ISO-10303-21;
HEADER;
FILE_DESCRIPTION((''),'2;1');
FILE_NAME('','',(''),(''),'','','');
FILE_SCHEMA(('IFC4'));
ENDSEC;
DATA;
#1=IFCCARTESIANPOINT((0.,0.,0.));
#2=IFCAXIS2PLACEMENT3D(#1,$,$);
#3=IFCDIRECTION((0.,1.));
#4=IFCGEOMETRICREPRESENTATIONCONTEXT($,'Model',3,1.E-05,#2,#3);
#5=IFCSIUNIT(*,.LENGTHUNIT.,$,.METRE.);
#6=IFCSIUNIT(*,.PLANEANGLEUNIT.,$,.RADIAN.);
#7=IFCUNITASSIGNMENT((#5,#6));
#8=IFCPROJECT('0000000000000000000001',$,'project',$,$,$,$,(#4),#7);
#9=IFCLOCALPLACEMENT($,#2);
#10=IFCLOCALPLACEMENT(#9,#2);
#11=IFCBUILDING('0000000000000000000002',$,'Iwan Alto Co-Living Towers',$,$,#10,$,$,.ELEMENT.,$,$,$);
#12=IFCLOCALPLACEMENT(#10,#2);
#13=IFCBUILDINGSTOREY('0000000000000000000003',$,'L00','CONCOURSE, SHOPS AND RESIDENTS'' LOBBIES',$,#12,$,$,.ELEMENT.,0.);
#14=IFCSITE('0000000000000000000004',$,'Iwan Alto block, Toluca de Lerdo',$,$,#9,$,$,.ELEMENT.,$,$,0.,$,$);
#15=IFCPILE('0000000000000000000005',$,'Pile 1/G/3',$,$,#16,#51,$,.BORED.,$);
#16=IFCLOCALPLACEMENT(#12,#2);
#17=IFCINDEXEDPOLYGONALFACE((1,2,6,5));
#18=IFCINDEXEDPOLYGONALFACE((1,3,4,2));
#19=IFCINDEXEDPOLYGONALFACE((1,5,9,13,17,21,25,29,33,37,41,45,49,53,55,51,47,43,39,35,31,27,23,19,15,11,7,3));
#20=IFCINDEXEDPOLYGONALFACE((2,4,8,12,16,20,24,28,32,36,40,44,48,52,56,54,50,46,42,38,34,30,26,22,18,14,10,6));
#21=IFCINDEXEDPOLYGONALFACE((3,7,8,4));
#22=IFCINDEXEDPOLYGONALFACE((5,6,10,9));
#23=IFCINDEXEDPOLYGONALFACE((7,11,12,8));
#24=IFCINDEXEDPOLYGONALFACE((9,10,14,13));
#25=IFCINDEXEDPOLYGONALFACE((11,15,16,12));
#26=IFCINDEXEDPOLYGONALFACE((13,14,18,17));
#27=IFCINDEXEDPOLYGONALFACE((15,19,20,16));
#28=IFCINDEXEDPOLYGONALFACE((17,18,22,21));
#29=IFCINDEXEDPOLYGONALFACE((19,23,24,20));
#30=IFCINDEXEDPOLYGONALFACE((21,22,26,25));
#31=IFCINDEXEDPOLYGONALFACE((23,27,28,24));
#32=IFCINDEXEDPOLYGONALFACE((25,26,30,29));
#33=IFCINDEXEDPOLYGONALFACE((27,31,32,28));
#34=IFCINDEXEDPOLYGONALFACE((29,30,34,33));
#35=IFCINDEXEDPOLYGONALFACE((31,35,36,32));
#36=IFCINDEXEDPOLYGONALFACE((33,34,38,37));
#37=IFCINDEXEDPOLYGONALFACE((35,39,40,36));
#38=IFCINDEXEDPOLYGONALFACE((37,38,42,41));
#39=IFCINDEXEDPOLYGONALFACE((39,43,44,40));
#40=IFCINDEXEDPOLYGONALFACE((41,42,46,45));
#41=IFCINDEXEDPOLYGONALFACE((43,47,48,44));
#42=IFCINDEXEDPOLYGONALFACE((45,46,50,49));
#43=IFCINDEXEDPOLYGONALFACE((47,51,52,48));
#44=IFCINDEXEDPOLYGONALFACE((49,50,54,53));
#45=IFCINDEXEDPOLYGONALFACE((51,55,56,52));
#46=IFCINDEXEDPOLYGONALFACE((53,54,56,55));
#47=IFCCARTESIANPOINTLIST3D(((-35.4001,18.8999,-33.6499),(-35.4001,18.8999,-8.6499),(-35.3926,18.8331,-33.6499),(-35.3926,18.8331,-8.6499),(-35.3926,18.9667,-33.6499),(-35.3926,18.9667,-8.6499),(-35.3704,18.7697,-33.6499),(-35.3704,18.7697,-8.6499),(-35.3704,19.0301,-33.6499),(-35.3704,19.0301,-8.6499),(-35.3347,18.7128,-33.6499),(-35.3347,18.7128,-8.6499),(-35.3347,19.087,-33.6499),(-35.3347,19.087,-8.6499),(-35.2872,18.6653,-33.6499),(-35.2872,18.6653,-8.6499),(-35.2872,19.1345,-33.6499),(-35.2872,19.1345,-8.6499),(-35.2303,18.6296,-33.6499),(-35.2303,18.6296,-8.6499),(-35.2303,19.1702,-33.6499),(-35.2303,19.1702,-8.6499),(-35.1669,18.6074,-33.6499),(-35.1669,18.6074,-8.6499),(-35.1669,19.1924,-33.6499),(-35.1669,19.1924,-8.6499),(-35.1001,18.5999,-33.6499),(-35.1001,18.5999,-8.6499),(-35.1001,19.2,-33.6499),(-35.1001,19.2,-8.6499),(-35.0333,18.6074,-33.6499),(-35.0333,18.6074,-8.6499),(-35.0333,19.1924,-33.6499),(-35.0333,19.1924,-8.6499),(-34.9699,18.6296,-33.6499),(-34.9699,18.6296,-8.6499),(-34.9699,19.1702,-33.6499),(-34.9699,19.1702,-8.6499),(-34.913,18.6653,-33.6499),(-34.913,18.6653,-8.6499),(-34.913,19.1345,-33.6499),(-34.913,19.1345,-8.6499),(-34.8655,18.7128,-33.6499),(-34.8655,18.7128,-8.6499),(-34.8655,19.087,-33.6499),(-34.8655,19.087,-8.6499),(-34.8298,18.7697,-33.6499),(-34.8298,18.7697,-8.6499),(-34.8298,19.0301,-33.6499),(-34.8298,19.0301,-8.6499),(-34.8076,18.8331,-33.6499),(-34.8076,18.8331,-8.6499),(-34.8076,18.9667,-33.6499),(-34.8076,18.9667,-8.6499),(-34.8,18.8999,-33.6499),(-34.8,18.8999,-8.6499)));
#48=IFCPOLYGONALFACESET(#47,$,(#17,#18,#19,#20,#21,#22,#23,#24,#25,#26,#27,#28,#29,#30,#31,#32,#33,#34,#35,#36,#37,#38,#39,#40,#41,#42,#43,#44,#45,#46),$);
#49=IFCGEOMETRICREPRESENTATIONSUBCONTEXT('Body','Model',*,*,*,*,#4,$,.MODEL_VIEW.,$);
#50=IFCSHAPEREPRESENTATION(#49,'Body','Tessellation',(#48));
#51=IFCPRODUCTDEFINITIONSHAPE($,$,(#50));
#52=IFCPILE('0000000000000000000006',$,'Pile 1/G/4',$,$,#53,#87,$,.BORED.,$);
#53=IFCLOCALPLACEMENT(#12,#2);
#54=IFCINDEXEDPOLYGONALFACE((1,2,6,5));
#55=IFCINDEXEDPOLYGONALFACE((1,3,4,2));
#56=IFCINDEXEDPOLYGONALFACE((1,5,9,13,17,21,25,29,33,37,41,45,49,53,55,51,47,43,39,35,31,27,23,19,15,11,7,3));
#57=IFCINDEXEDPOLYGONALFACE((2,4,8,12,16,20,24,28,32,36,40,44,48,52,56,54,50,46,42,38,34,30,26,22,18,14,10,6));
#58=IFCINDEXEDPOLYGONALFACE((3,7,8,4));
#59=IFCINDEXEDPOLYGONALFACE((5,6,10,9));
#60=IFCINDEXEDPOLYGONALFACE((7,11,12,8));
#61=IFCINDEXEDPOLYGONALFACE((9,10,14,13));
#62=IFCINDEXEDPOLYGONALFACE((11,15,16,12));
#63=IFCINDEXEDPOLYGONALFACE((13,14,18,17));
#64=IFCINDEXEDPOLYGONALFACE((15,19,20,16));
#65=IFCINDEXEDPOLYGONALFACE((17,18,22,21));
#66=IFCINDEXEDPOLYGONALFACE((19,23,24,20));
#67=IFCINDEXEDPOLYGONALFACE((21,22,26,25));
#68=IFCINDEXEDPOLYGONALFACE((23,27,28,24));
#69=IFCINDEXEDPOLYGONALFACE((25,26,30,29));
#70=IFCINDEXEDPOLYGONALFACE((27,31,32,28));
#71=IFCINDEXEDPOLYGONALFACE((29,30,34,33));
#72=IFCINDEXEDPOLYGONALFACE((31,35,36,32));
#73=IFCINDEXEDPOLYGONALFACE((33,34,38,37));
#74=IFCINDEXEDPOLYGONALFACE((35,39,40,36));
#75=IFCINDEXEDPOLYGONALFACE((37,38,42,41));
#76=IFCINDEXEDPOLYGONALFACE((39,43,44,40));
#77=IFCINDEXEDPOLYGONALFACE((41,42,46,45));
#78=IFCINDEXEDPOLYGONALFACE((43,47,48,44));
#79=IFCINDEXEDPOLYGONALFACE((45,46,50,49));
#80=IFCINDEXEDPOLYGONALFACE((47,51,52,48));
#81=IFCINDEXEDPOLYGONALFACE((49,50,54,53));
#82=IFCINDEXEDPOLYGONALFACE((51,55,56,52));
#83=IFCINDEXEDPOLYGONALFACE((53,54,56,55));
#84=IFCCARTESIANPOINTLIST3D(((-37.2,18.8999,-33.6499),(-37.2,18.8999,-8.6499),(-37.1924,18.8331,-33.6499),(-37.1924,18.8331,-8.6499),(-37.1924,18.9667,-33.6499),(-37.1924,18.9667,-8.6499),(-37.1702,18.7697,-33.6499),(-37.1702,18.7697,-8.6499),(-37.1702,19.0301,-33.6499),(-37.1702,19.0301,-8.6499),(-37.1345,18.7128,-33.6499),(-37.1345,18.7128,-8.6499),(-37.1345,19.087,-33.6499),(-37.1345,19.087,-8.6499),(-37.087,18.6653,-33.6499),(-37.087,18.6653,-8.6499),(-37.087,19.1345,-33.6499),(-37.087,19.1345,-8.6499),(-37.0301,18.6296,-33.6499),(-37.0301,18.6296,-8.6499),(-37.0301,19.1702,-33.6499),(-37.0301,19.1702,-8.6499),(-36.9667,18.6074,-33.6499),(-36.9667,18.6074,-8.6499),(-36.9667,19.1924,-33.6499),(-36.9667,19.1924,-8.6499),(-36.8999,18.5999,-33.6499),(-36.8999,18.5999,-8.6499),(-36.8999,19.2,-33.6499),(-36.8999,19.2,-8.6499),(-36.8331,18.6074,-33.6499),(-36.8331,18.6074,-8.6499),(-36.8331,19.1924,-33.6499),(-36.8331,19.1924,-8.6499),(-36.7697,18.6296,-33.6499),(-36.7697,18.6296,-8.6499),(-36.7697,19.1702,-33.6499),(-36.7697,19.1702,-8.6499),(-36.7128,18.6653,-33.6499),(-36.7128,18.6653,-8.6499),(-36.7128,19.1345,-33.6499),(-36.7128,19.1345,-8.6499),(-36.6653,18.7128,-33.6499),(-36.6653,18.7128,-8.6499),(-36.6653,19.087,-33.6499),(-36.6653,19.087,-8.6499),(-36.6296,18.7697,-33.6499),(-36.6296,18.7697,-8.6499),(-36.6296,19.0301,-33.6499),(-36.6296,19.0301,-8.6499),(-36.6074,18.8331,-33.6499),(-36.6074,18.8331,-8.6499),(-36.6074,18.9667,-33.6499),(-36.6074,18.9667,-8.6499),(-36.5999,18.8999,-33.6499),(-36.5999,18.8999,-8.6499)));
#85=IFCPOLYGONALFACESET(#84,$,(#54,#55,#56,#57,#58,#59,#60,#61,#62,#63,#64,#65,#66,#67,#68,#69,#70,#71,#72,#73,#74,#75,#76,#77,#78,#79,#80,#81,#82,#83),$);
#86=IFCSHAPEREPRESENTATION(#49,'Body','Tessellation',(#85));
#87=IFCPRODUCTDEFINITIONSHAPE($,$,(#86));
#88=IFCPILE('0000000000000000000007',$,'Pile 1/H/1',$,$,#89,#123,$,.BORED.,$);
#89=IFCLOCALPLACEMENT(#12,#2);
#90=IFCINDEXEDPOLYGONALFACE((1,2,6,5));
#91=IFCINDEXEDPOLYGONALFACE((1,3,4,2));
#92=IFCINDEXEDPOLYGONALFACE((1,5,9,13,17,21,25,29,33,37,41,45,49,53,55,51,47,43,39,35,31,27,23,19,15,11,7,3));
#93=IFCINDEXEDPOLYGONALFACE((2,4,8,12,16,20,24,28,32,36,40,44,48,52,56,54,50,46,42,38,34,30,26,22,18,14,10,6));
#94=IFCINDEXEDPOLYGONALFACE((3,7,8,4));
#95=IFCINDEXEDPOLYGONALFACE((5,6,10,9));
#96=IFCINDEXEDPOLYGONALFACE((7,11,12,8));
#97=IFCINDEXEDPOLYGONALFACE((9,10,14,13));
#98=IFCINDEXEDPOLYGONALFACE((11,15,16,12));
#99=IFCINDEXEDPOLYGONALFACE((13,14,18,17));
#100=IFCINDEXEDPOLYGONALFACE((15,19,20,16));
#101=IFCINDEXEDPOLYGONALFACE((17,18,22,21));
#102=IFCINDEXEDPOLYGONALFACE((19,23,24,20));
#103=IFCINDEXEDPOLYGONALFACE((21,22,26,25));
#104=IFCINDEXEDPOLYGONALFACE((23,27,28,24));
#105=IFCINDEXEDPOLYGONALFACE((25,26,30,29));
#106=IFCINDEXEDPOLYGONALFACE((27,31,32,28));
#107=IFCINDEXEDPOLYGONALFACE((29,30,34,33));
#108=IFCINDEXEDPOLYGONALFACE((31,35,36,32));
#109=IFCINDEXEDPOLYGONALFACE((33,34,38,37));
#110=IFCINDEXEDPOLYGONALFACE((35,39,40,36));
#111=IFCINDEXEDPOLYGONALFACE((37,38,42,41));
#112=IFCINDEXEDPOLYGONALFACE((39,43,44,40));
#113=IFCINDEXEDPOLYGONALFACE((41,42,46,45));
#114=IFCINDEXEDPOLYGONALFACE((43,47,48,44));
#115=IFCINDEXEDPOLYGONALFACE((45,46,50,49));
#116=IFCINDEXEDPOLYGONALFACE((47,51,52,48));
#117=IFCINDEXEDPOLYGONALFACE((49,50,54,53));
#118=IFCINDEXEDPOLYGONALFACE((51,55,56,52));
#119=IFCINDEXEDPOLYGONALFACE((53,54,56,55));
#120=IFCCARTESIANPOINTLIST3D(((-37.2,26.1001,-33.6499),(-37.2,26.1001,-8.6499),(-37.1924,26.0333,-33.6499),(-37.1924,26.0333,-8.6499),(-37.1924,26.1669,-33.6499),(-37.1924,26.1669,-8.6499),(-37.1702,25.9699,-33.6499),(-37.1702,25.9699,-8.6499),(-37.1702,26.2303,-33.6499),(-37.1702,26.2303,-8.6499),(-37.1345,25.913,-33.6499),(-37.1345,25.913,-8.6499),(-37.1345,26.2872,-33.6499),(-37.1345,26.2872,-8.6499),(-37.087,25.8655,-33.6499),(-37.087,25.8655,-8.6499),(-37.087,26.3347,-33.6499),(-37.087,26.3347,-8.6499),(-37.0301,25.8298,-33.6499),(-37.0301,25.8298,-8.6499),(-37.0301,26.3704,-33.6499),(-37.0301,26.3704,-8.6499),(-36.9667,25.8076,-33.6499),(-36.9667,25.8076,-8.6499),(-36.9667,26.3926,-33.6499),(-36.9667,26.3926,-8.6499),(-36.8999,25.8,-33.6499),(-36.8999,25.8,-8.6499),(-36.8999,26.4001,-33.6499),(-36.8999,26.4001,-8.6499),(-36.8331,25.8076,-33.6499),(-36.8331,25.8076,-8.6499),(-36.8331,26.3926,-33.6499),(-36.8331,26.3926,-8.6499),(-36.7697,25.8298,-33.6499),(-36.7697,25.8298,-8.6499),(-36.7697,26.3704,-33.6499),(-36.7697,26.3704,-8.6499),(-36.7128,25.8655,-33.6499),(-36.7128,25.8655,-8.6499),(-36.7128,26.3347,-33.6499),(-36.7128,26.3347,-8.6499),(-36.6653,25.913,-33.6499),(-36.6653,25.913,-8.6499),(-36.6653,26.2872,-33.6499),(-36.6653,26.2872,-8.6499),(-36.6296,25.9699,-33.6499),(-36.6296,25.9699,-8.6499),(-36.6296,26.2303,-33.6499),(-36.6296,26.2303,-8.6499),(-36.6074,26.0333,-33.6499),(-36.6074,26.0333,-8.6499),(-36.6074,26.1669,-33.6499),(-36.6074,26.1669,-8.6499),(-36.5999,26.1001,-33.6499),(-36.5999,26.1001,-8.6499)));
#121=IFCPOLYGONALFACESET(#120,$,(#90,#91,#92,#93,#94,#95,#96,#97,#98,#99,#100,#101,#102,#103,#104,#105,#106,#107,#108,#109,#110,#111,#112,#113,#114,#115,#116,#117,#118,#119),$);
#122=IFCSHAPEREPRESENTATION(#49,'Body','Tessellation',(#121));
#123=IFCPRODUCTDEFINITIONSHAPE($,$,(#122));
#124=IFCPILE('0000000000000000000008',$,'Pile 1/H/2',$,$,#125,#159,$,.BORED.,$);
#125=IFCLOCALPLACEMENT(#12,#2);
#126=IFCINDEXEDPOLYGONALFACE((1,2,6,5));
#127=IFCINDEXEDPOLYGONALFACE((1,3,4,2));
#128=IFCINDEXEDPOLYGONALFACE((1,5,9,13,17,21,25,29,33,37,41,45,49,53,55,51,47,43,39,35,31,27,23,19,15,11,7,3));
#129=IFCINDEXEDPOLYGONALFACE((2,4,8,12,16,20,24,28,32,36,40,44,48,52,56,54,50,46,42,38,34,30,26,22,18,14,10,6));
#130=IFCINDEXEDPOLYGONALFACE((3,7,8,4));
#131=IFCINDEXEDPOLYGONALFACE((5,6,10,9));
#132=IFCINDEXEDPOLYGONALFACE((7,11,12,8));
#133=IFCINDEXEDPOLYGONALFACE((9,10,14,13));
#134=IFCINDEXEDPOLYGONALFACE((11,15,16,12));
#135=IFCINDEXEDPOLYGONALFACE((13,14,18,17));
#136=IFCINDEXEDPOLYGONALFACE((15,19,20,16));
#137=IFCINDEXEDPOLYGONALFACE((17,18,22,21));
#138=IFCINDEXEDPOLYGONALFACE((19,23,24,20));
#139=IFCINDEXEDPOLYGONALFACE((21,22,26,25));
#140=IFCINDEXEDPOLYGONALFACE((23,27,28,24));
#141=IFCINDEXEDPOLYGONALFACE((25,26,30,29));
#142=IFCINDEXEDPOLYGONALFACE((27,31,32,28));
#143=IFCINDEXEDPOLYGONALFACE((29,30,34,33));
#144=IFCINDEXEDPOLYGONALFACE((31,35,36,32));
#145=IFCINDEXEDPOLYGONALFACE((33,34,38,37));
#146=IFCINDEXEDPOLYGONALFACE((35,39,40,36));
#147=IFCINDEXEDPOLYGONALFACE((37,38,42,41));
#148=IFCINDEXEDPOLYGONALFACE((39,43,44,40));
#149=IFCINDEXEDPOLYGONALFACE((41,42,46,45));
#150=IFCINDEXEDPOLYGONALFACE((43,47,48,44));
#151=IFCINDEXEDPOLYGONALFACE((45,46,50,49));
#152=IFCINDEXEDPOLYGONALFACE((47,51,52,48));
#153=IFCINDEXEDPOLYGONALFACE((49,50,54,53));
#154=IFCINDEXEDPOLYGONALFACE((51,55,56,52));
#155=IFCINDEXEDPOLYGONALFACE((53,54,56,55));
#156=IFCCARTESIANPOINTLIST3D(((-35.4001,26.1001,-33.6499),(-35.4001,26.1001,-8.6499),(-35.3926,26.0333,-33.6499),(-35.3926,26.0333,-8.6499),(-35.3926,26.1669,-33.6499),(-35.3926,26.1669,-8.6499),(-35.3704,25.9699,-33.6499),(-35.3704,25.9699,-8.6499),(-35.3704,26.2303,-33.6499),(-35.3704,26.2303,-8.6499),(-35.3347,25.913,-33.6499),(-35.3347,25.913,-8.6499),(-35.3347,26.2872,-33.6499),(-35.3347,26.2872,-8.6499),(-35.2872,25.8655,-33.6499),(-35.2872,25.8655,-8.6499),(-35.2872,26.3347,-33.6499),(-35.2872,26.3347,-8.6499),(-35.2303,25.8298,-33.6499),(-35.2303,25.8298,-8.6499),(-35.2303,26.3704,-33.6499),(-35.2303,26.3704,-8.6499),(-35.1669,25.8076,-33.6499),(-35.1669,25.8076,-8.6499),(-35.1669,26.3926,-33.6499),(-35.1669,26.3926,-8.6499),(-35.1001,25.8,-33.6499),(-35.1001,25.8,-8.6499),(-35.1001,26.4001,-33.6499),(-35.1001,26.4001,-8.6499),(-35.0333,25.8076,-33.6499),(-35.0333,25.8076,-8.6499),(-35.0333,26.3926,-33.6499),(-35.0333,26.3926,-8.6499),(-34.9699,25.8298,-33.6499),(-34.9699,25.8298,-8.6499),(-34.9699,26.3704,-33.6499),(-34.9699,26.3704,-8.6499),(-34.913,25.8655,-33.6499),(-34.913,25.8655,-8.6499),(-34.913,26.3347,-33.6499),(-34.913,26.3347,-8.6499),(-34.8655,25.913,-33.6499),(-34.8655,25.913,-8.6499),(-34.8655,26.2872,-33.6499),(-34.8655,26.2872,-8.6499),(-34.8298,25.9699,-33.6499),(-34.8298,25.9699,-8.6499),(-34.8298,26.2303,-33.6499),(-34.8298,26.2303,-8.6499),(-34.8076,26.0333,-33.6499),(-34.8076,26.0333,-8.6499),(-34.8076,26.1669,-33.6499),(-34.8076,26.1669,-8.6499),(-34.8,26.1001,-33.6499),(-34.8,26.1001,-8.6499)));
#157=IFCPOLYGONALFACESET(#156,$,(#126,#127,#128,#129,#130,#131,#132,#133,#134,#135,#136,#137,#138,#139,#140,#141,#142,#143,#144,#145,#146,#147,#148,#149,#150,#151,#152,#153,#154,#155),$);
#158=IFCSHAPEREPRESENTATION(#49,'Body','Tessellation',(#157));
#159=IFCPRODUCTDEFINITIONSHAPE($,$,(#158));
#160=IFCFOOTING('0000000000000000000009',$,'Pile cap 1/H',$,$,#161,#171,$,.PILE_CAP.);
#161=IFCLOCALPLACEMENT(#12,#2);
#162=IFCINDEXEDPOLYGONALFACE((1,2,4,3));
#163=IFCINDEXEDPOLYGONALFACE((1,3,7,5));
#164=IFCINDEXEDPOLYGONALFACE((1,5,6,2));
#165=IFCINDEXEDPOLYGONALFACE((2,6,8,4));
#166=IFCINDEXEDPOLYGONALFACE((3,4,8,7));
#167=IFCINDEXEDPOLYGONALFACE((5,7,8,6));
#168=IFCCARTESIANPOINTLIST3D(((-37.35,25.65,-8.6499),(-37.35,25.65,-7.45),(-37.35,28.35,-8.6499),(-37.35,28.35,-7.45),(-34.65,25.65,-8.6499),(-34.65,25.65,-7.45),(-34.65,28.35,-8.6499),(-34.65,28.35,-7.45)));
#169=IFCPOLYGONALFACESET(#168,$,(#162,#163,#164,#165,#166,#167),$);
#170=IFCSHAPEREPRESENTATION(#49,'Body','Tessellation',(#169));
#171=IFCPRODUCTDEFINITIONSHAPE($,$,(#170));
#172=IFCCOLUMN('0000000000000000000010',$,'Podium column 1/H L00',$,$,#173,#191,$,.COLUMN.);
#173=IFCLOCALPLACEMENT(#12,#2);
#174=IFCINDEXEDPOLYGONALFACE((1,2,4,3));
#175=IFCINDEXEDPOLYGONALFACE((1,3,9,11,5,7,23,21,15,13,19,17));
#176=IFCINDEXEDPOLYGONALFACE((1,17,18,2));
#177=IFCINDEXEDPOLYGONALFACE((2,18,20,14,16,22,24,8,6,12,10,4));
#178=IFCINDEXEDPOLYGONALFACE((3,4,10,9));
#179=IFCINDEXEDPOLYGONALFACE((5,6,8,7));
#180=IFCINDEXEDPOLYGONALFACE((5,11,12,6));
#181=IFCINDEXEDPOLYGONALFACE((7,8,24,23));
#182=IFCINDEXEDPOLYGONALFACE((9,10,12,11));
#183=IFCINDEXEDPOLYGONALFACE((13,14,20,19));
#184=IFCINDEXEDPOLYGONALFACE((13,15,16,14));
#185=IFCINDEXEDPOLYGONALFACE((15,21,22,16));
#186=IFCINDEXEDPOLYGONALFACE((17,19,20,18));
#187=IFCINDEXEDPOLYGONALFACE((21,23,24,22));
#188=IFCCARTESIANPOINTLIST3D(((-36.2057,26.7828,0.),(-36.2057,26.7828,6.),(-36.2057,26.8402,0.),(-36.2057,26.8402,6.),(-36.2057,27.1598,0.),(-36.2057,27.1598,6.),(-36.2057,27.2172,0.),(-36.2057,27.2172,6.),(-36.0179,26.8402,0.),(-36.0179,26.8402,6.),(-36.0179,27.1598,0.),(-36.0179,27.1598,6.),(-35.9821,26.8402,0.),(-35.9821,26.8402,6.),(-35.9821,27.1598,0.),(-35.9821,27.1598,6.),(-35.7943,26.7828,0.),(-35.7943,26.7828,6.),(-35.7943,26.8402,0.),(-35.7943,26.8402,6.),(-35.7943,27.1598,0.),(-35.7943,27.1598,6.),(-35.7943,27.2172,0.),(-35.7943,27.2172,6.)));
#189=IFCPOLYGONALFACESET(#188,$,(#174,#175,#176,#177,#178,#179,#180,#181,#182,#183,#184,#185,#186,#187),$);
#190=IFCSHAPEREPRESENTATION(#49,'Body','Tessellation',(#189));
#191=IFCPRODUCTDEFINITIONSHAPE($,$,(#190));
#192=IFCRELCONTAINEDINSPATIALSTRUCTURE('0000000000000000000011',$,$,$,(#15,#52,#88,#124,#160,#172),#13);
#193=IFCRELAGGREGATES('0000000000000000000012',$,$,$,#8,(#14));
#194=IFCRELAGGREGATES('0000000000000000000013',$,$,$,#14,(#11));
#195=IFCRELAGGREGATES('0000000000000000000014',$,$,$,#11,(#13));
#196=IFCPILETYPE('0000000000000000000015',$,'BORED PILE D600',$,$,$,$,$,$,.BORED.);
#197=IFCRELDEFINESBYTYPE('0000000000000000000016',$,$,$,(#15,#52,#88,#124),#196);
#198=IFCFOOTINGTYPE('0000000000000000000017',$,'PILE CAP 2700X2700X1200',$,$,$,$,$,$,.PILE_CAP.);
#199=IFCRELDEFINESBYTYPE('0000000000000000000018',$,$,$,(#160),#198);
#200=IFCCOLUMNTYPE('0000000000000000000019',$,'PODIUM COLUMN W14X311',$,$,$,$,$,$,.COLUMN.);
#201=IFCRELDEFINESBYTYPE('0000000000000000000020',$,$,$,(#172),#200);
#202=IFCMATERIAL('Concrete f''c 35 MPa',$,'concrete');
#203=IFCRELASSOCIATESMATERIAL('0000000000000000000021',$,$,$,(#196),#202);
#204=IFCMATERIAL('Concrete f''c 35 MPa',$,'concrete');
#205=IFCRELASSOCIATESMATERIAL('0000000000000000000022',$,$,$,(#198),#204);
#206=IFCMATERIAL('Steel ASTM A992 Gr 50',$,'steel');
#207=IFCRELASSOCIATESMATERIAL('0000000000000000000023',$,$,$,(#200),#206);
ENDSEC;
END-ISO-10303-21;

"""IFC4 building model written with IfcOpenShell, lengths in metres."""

from ifc_helpers import new_model, si_unit, direction, frame, origin, origin_2d, place, context, subcontext, project, spatial, rectangle, circle, i_section, extrude, material, material_profile, profile_set, type_object, element, save


model = new_model("IFC4")

# Units and contexts
model_context = context("Model", 3, precision=1e-05, world=origin(), true_north=direction((0.0, 1.0)))
body_context = subcontext(model_context, "Body", "Model", "MODEL_VIEW")
ifc_project = project(units=[si_unit("LENGTHUNIT", "METRE"), si_unit("PLANEANGLEUNIT", "RADIAN")], contexts=[model_context])

# Site, building, storey
site_placement = place(None, origin())
site = spatial("IfcSite", under=ifc_project, at=site_placement, Name="Iwan Alto block, Toluca de Lerdo", CompositionType="ELEMENT", RefElevation=0.0)
building_placement = place(site_placement, origin())
building = spatial("IfcBuilding", under=site, at=building_placement, Name="Iwan Alto Co-Living Towers", CompositionType="ELEMENT")
storey_placement = place(building_placement, origin())
storey = spatial("IfcBuildingStorey", under=building, at=storey_placement, Name="L00", Description="CONCOURSE, SHOPS AND RESIDENTS' LOBBIES", CompositionType="ELEMENT", Elevation=0.0)

# Piles
ifc_material_1 = material(Name="Concrete f'c 35 MPa", Category="concrete")
ifc_material_profile_1 = material_profile(ifc_material_1, circle(Radius=0.3, at=origin_2d()), Name="D600")
ifc_profile_set_1 = profile_set([ifc_material_profile_1], Name="Concrete f'c 35 MPa")
pile_type_1 = type_object("IfcPileType", Name="BORED PILE D600", PredefinedType="BORED", material=ifc_profile_set_1)
for number, where, z_axis, x_axis, name in (
    (1, (-35.1001, 18.8999, -8.6499), (0.0, 0.0, -1.0), (1.0, 0.0, 0.0), "Pile 1/G/3"),
    (2, (-36.8999, 18.8999, -8.6499), (0.0, 0.0, -1.0), (1.0, 0.0, 0.0), "Pile 1/G/4"),
    (3, (-36.8999, 26.1001, -8.6499), (0.0, 0.0, -1.0), (1.0, 0.0, 0.0), "Pile 1/H/1"),
    (4, (-35.1001, 26.1001, -8.6499), (0.0, 0.0, -1.0), (1.0, 0.0, 0.0), "Pile 1/H/2"),
):
    element("IfcPile", number, at=place(storey_placement, frame(where, z_axis=z_axis, x_axis=x_axis)), inside=storey, type_object=pile_type_1, Name=name, PredefinedType="BORED", context=body_context, shape_type="SweptSolid", body=[
        extrude(circle(Radius=0.3, at=origin_2d()), origin(), (0.0, 0.0, 1.0), 25.0),
    ])

# Footing
ifc_material_2 = material(Name="Concrete f'c 35 MPa", Category="concrete")
footing_type = type_object("IfcFootingType", Name="PILE CAP 2700X2700X1200", PredefinedType="PILE_CAP", material=ifc_material_2)
footing_placement = place(storey_placement, frame((-36.0, 27.0, -8.6499), z_axis=(0.0, 0.0, 1.0), x_axis=(1.0, 0.0, 0.0)))
element("IfcFooting", 5, at=footing_placement, inside=storey, type_object=footing_type, Name="Pile cap 1/H", PredefinedType="PILE_CAP", context=body_context, shape_type="SweptSolid", body=[
    extrude(rectangle(XDim=2.7, YDim=2.7, at=origin_2d()), origin(), (0.0, 0.0, 1.0), 1.2),
])

# Column
ifc_material_3 = material(Name="Steel ASTM A992 Gr 50", Category="steel")
ifc_material_profile_2 = material_profile(ifc_material_3, i_section(OverallWidth=0.4114, OverallDepth=0.4343, WebThickness=0.0359, FlangeThickness=0.0574, at=origin_2d()), Name="W14X311")
ifc_profile_set_2 = profile_set([ifc_material_profile_2], Name="Steel ASTM A992 Gr 50")
column_type_1 = type_object("IfcColumnType", Name="PODIUM COLUMN W14X311", PredefinedType="COLUMN", material=ifc_profile_set_2)
for number, where, z_axis, x_axis, name in (
    (6, (-36.0, 27.0, 0.0), (0.0, 0.0, 1.0), (1.0, 0.0, 0.0), "Podium column 1/H L00"),
):
    element("IfcColumn", number, at=place(storey_placement, frame(where, z_axis=z_axis, x_axis=x_axis)), inside=storey, type_object=column_type_1, Name=name, PredefinedType="COLUMN", context=body_context, shape_type="SweptSolid", body=[
        extrude(i_section(OverallWidth=0.4114, OverallDepth=0.4343, WebThickness=0.0359, FlangeThickness=0.0574, at=origin_2d()), origin(), (0.0, 0.0, 1.0), 6.0),
    ])

save(model, "model.ifc")
